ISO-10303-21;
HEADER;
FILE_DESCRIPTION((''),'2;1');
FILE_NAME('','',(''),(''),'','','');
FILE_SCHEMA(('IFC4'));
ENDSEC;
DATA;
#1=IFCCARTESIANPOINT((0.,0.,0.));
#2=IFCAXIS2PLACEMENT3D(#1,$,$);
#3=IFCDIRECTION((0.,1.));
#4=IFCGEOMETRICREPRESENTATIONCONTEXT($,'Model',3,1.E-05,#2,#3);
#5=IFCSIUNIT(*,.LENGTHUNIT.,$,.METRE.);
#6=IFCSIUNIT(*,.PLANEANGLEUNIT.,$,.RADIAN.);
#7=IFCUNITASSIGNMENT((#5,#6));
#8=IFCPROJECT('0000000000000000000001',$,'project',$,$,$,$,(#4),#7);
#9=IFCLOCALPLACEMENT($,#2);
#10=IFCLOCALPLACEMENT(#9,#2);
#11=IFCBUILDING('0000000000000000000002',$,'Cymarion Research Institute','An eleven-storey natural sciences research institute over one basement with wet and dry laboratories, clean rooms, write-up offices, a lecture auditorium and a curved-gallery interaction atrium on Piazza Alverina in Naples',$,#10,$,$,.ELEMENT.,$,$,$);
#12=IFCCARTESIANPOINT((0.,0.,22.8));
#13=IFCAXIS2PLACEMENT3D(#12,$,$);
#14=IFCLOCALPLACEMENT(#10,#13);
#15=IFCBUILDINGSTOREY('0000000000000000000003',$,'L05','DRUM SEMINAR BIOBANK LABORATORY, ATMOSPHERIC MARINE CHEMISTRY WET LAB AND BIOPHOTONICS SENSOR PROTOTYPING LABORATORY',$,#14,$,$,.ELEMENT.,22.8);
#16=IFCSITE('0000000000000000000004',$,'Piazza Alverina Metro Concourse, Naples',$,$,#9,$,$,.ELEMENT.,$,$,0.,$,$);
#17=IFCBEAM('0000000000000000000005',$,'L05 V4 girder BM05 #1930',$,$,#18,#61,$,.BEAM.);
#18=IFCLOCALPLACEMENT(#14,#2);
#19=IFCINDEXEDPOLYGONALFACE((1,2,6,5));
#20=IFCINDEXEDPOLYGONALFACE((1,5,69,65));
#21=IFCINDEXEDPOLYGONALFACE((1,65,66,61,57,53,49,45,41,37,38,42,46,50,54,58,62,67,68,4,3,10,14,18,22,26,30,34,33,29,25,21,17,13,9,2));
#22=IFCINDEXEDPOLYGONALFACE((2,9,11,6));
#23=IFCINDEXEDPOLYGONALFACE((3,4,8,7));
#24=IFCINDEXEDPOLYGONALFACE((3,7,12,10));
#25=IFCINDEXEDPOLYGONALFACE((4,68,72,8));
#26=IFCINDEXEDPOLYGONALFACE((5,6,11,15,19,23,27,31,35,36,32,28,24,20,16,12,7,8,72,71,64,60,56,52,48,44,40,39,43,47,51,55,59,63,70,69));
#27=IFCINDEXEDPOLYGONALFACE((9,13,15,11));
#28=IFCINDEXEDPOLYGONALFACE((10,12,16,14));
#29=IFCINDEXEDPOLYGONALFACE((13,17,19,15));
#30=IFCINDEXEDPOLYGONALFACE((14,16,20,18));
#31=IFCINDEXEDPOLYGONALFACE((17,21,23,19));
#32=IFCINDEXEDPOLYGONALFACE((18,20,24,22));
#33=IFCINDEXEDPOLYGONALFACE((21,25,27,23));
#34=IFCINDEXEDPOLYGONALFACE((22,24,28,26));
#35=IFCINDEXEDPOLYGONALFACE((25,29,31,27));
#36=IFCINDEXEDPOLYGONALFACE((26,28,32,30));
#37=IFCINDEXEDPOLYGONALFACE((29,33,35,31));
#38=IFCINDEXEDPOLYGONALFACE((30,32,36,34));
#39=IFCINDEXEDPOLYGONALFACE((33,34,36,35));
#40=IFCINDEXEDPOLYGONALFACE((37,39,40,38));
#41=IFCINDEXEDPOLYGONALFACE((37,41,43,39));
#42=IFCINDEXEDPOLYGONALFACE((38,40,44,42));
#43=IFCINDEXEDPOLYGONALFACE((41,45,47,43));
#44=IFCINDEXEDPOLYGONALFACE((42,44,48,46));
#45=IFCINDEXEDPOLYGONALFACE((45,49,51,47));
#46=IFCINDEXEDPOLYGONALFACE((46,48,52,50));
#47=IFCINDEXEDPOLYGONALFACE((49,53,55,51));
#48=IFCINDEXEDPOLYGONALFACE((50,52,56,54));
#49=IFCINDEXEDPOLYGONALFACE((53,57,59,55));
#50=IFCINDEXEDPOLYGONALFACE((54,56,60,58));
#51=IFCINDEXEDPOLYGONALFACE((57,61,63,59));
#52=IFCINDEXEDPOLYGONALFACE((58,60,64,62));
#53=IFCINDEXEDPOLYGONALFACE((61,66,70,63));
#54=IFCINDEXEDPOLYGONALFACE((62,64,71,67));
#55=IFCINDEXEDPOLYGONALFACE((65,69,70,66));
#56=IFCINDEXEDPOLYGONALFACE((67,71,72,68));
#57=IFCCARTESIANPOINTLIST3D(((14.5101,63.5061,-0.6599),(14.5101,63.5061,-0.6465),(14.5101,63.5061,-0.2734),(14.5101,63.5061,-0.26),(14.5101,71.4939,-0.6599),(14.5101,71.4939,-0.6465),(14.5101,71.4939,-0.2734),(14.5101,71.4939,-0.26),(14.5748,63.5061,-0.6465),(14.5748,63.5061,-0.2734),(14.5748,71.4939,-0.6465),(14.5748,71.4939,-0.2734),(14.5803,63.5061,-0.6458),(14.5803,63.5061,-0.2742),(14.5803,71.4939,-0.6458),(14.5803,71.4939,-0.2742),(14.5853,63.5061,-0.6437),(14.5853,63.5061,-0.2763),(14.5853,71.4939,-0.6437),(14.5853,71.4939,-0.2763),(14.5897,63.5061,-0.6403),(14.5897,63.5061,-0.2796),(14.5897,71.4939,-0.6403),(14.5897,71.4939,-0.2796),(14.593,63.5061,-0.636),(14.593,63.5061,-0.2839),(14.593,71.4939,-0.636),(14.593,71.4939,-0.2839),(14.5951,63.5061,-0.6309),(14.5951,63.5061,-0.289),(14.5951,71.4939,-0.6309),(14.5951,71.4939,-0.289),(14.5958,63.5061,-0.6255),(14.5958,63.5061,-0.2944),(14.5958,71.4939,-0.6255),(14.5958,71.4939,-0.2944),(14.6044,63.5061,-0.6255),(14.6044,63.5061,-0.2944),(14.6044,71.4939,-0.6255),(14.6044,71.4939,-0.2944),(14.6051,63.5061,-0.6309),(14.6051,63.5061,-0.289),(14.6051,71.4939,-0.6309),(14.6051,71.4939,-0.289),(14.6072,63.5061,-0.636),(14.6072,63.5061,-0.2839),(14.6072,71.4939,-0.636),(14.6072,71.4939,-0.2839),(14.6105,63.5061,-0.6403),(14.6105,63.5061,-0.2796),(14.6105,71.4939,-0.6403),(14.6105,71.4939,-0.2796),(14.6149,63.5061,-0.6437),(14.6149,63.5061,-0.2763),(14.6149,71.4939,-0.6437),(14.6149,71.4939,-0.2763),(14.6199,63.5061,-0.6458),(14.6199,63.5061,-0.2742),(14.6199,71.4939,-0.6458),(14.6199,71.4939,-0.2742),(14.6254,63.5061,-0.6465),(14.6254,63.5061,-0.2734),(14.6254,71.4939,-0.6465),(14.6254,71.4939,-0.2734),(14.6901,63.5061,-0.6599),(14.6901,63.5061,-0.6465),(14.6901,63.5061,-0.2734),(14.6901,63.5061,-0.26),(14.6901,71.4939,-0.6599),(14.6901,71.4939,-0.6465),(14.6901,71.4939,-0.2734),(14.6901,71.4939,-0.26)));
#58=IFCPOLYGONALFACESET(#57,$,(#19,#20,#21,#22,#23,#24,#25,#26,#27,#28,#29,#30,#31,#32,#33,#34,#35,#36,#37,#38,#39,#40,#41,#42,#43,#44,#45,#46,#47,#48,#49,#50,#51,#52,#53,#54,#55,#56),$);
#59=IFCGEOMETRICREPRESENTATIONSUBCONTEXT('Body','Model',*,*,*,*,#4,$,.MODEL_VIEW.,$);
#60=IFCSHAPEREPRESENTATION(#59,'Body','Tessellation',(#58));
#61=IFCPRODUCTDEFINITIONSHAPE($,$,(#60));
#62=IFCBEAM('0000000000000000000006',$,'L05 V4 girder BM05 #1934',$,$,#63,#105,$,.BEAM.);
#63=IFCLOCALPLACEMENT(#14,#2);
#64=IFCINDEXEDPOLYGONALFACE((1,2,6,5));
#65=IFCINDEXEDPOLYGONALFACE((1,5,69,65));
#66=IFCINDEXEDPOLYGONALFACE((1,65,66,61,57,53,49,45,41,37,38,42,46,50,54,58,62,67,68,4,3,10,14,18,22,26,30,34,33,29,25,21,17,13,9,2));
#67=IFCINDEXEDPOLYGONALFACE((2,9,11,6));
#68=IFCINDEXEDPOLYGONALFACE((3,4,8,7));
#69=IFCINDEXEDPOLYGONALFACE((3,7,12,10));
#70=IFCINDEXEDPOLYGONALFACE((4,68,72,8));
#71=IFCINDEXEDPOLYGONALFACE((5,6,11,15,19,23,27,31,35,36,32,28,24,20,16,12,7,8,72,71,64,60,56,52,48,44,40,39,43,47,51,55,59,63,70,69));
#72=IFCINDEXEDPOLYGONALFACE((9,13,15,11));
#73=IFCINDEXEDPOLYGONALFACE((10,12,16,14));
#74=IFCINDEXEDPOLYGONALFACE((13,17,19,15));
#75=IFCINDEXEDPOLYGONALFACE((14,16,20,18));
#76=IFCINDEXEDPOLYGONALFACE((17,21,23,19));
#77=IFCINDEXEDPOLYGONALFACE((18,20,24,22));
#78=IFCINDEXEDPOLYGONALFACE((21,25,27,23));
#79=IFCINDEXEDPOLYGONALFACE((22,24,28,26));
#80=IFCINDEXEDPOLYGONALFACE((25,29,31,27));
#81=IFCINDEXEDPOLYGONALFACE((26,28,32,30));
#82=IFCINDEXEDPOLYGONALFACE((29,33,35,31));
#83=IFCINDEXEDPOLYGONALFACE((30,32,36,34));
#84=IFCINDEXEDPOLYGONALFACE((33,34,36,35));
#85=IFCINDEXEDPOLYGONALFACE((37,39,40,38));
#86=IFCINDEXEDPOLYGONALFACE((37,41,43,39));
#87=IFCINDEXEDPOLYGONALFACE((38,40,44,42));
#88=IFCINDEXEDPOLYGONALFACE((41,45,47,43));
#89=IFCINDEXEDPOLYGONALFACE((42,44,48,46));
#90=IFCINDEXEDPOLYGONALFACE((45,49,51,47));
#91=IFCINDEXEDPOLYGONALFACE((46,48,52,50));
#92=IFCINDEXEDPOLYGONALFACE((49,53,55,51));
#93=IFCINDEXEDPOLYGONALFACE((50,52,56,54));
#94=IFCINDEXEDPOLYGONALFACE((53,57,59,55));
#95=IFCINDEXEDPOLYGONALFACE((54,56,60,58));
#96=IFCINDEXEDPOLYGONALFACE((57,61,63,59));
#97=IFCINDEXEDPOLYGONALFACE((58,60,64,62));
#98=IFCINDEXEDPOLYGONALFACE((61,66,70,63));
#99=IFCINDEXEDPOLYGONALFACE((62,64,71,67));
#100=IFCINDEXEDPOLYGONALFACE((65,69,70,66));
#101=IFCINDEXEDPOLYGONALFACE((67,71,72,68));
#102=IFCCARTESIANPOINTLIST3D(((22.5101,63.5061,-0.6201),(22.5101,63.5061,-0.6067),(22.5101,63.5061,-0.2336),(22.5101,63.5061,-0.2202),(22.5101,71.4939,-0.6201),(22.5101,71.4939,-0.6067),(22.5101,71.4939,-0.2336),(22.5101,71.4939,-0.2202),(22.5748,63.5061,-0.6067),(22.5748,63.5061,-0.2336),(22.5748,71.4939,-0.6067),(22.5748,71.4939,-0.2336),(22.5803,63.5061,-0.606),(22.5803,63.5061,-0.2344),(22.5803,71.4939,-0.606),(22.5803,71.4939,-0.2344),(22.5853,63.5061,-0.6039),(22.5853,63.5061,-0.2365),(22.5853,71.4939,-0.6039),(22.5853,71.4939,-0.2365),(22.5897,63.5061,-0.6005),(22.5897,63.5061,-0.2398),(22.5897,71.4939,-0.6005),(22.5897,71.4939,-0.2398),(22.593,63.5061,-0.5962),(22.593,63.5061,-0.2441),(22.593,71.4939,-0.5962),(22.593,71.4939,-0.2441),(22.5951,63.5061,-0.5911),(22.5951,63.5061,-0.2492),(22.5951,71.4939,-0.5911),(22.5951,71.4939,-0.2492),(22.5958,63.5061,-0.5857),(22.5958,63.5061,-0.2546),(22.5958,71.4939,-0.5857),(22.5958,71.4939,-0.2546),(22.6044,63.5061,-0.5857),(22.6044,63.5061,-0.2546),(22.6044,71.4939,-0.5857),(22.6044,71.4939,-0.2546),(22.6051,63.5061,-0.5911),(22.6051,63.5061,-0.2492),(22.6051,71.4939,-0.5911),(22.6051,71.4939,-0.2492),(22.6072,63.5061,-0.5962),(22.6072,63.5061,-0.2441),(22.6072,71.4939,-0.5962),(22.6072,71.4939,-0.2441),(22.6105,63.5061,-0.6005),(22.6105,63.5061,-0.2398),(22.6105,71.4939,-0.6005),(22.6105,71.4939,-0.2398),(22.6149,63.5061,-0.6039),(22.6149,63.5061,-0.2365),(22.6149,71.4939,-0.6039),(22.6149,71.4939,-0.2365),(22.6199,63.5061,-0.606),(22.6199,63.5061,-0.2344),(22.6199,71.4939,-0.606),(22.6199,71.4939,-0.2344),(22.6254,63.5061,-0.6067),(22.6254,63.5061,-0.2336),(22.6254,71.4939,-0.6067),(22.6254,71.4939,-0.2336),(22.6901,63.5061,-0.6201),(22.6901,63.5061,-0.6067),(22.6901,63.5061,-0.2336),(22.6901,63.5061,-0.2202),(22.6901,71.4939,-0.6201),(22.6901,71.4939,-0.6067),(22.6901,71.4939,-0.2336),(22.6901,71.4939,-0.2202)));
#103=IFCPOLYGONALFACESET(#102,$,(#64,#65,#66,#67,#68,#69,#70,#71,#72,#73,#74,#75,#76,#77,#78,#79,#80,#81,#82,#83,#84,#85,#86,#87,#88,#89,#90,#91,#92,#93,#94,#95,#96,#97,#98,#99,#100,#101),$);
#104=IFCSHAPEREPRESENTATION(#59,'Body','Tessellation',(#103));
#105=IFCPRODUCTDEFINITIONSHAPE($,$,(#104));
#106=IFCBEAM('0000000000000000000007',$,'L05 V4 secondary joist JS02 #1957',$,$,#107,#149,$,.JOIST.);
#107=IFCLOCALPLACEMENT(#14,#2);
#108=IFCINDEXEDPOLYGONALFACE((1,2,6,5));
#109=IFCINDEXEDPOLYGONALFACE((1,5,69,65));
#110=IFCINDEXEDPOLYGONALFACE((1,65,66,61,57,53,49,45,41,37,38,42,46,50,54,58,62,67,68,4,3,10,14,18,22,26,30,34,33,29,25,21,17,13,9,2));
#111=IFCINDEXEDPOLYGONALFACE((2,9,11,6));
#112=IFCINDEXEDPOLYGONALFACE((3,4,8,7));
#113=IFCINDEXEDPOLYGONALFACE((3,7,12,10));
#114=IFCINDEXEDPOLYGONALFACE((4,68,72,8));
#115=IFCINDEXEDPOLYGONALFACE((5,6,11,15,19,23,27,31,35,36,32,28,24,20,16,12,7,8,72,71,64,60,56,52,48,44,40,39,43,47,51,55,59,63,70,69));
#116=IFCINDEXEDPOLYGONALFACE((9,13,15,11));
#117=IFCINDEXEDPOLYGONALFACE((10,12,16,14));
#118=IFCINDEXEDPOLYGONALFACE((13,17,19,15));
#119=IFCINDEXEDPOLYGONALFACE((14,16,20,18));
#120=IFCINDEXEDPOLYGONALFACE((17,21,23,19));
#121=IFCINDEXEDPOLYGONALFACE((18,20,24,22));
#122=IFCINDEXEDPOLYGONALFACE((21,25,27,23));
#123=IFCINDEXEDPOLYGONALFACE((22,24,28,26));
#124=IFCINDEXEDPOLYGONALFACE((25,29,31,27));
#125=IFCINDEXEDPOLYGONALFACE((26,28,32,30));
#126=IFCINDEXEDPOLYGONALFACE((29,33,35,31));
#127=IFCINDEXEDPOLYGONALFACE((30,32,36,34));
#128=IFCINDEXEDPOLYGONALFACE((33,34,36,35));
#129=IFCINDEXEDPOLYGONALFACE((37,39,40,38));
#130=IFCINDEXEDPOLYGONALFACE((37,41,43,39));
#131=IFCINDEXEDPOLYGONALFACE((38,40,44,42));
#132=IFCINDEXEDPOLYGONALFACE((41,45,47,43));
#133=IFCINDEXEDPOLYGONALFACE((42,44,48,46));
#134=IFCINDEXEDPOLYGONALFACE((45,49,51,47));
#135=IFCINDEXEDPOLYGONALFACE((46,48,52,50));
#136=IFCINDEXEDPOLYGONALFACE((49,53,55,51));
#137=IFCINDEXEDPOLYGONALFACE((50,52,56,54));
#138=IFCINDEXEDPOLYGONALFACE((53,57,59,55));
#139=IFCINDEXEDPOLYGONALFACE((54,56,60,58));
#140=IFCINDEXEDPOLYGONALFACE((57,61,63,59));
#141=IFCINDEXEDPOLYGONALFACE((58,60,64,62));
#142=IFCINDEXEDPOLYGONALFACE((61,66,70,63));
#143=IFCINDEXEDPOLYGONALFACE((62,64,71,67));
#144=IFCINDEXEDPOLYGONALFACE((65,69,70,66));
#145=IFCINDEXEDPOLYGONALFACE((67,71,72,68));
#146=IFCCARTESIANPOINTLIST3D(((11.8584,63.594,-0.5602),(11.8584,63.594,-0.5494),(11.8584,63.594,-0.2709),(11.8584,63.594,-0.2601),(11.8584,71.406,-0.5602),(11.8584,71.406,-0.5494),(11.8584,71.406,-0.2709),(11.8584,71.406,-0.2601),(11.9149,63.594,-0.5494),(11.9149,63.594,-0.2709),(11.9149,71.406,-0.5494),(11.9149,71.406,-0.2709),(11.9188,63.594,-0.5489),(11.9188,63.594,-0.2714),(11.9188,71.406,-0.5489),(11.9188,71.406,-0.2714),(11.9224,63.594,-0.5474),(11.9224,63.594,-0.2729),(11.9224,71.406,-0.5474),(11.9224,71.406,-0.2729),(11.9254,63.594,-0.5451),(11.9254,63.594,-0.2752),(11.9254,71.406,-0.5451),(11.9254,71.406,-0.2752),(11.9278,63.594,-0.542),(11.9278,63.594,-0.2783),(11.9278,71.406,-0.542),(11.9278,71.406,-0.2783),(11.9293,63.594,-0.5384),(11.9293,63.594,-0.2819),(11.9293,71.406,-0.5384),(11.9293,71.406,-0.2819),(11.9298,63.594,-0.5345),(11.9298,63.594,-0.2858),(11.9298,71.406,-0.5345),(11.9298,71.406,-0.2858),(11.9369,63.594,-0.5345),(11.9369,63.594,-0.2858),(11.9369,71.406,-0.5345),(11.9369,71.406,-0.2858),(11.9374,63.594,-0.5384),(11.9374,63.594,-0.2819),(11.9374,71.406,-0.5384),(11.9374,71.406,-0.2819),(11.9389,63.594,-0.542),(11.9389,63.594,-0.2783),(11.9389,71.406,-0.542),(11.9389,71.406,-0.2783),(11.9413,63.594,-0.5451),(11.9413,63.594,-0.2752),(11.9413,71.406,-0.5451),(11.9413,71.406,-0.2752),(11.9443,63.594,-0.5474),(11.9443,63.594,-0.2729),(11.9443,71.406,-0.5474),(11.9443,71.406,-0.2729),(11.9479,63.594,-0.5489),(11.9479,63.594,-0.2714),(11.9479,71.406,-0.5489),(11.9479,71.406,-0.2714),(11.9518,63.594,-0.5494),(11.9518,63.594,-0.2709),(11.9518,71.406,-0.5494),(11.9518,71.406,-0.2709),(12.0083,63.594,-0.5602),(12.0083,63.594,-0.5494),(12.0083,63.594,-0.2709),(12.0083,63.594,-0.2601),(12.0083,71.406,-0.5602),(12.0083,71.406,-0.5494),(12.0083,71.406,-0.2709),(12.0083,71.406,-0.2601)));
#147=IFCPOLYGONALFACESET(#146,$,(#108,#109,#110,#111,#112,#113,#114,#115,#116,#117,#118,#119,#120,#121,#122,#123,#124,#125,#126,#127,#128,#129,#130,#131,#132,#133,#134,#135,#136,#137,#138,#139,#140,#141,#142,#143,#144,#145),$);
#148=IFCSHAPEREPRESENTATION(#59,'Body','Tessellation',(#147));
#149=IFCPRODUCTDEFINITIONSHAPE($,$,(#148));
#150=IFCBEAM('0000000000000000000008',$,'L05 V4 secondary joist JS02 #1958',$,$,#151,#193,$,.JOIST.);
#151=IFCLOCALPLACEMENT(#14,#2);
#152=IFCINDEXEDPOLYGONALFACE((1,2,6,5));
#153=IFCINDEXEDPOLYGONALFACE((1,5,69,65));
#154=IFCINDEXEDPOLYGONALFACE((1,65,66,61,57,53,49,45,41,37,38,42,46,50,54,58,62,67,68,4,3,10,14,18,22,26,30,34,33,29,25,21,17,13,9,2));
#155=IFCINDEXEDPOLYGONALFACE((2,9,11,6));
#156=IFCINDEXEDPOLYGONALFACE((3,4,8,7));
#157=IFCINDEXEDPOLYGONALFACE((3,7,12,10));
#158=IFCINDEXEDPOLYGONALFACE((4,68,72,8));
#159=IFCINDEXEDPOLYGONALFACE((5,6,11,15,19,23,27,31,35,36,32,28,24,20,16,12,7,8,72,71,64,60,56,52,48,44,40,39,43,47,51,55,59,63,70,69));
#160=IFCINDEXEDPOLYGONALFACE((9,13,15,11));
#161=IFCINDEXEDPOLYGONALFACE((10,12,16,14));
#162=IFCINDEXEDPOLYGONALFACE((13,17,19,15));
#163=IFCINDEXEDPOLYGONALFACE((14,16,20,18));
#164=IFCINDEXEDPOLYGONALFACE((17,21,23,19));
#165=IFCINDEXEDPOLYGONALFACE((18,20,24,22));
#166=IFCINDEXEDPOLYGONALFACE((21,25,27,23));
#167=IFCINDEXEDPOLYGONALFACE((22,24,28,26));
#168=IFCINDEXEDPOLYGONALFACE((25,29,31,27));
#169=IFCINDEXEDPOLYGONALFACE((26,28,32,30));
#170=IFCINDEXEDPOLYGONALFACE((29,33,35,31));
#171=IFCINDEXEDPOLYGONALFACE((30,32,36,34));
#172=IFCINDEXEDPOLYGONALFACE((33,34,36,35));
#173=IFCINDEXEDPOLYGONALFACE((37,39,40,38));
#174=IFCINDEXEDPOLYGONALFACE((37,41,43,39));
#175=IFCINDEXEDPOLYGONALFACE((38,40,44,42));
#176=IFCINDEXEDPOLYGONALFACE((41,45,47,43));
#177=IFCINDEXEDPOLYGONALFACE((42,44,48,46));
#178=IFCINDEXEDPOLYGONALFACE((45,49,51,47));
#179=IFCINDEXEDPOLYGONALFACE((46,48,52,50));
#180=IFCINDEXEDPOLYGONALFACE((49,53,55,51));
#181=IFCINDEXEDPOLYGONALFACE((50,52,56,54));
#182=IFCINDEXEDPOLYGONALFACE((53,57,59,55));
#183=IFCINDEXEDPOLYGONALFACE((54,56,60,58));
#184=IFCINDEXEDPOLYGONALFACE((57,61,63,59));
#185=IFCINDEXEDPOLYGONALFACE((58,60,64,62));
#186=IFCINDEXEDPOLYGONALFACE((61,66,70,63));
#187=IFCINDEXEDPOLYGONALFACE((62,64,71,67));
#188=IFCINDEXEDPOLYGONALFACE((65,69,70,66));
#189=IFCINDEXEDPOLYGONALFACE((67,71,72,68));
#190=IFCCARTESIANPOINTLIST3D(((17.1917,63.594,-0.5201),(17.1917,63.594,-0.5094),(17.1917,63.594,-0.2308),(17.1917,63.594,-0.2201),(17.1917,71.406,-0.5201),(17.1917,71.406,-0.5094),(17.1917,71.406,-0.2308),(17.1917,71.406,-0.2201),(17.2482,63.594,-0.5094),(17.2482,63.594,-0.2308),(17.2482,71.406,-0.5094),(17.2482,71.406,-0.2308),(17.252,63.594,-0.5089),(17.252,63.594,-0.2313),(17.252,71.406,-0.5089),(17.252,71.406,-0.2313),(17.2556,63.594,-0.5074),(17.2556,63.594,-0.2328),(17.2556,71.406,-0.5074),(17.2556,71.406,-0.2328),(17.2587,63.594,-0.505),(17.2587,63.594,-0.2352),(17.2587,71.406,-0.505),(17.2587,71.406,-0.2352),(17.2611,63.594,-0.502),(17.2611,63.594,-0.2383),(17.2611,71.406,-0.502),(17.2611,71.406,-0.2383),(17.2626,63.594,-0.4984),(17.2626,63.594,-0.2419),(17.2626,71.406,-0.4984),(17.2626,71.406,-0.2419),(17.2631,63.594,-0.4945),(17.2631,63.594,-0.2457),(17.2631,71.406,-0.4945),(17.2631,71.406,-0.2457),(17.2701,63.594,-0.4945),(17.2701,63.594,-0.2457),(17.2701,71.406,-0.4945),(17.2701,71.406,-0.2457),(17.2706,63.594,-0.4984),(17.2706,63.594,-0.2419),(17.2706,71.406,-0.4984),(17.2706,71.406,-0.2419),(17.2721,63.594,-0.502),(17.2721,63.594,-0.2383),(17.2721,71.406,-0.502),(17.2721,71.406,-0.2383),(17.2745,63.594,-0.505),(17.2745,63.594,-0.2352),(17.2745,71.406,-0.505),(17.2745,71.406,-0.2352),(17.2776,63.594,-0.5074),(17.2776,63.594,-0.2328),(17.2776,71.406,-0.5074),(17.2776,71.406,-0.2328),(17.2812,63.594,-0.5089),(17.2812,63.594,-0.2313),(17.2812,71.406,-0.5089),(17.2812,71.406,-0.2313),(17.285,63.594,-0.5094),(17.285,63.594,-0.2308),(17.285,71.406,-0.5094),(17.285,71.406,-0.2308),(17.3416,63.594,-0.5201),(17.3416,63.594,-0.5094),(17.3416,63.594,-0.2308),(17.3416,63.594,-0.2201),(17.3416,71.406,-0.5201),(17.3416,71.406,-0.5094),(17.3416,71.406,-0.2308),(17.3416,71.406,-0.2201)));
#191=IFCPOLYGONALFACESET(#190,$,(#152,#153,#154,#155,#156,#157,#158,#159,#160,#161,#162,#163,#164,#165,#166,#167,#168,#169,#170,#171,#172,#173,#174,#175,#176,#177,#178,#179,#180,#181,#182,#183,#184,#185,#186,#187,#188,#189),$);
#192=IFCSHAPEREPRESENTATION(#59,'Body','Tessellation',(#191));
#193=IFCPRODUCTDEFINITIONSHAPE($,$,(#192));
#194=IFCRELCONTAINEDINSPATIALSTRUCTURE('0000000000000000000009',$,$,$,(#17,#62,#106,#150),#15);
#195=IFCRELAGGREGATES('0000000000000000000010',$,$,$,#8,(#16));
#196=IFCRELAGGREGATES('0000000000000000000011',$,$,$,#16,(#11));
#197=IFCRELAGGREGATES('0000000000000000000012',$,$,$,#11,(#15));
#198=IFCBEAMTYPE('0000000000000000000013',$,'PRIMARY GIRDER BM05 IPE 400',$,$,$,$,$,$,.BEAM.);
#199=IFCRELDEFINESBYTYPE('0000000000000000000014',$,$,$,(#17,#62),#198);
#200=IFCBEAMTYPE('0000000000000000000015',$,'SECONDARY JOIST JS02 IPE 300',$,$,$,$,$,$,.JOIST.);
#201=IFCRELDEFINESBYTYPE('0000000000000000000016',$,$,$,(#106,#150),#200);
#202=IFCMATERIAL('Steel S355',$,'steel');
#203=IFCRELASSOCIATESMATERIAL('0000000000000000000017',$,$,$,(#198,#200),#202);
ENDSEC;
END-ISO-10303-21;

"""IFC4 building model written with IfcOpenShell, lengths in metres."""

from ifc_helpers import new_model, si_unit, direction, frame, origin, origin_2d, place, context, subcontext, project, spatial, i_section, extrude, material, material_profile, profile_set, type_object, element, save


model = new_model("IFC4")

# Units and contexts
model_context = context("Model", 3, precision=1e-05, world=origin(), true_north=direction((0.0, 1.0)))
body_context = subcontext(model_context, "Body", "Model", "MODEL_VIEW")
ifc_project = project(units=[si_unit("LENGTHUNIT", "METRE"), si_unit("PLANEANGLEUNIT", "RADIAN")], contexts=[model_context])

# Site, building, storey
site_placement = place(None, origin())
site = spatial("IfcSite", under=ifc_project, at=site_placement, Name="Piazza Alverina Metro Concourse, Naples", CompositionType="ELEMENT", RefElevation=0.0)
building_placement = place(site_placement, origin())
building = spatial("IfcBuilding", under=site, at=building_placement, Name="Cymarion Research Institute", Description="An eleven-storey natural sciences research institute over one basement with wet and dry laboratories, clean rooms, write-up offices, a lecture auditorium and a curved-gallery interaction atrium on Piazza Alverina in Naples", CompositionType="ELEMENT")
storey_placement = place(building_placement, frame((0.0, 0.0, 22.8)))
storey = spatial("IfcBuildingStorey", under=building, at=storey_placement, Name="L05", Description="DRUM SEMINAR BIOBANK LABORATORY, ATMOSPHERIC MARINE CHEMISTRY WET LAB AND BIOPHOTONICS SENSOR PROTOTYPING LABORATORY", CompositionType="ELEMENT", Elevation=22.8)

# Beams
ifc_material_1 = material(Name="Steel S355", Category="steel")
ifc_material_profile_1 = material_profile(ifc_material_1, i_section(OverallWidth=0.1799, OverallDepth=0.3999, WebThickness=0.0085, FlangeThickness=0.0134, FilletRadius=0.021, at=origin_2d()), Name="IPE 400")
ifc_profile_set_1 = profile_set([ifc_material_profile_1], Name="Steel S355")
beam_type_1 = type_object("IfcBeamType", Name="PRIMARY GIRDER BM05 IPE 400", PredefinedType="BEAM", material=ifc_profile_set_1)
for number, where, z_axis, x_axis, name in (
    (1, (14.6001, 63.5061, -0.46), (0.0, 1.0, 0.0), (-1.0, 0.0, 0.0), "L05 V4 girder BM05 #1930"),
    (2, (22.6001, 63.5061, -0.4202), (0.0, 1.0, 0.0), (-1.0, 0.0, 0.0), "L05 V4 girder BM05 #1934"),
):
    element("IfcBeam", number, at=place(storey_placement, frame(where, z_axis=z_axis, x_axis=x_axis)), inside=storey, type_object=beam_type_1, Name=name, PredefinedType="BEAM", context=body_context, shape_type="SweptSolid", body=[
        extrude(i_section(OverallWidth=0.1799, OverallDepth=0.3999, WebThickness=0.0085, FlangeThickness=0.0134, FilletRadius=0.021, at=origin_2d()), origin(), (0.0, 0.0, 1.0), 7.9878),
    ])
ifc_material_profile_2 = material_profile(ifc_material_1, i_section(OverallWidth=0.1499, OverallDepth=0.3, WebThickness=0.0071, FlangeThickness=0.0107, FilletRadius=0.0149, at=origin_2d()), Name="IPE 300")
ifc_profile_set_2 = profile_set([ifc_material_profile_2], Name="Steel S355")
beam_type_2 = type_object("IfcBeamType", Name="SECONDARY JOIST JS02 IPE 300", PredefinedType="JOIST", material=ifc_profile_set_2)
for number, where, z_axis, x_axis, name in (
    (3, (11.9333, 63.594, -0.4102), (0.0, 1.0, 0.0), (-1.0, 0.0, 0.0), "L05 V4 secondary joist JS02 #1957"),
    (4, (17.2666, 63.594, -0.3701), (0.0, 1.0, 0.0), (-1.0, 0.0, 0.0), "L05 V4 secondary joist JS02 #1958"),
):
    element("IfcBeam", number, at=place(storey_placement, frame(where, z_axis=z_axis, x_axis=x_axis)), inside=storey, type_object=beam_type_2, Name=name, PredefinedType="JOIST", context=body_context, shape_type="SweptSolid", body=[
        extrude(i_section(OverallWidth=0.1499, OverallDepth=0.3, WebThickness=0.0071, FlangeThickness=0.0107, FilletRadius=0.0149, at=origin_2d()), origin(), (0.0, 0.0, 1.0), 7.812),
    ])

save(model, "model.ifc")
